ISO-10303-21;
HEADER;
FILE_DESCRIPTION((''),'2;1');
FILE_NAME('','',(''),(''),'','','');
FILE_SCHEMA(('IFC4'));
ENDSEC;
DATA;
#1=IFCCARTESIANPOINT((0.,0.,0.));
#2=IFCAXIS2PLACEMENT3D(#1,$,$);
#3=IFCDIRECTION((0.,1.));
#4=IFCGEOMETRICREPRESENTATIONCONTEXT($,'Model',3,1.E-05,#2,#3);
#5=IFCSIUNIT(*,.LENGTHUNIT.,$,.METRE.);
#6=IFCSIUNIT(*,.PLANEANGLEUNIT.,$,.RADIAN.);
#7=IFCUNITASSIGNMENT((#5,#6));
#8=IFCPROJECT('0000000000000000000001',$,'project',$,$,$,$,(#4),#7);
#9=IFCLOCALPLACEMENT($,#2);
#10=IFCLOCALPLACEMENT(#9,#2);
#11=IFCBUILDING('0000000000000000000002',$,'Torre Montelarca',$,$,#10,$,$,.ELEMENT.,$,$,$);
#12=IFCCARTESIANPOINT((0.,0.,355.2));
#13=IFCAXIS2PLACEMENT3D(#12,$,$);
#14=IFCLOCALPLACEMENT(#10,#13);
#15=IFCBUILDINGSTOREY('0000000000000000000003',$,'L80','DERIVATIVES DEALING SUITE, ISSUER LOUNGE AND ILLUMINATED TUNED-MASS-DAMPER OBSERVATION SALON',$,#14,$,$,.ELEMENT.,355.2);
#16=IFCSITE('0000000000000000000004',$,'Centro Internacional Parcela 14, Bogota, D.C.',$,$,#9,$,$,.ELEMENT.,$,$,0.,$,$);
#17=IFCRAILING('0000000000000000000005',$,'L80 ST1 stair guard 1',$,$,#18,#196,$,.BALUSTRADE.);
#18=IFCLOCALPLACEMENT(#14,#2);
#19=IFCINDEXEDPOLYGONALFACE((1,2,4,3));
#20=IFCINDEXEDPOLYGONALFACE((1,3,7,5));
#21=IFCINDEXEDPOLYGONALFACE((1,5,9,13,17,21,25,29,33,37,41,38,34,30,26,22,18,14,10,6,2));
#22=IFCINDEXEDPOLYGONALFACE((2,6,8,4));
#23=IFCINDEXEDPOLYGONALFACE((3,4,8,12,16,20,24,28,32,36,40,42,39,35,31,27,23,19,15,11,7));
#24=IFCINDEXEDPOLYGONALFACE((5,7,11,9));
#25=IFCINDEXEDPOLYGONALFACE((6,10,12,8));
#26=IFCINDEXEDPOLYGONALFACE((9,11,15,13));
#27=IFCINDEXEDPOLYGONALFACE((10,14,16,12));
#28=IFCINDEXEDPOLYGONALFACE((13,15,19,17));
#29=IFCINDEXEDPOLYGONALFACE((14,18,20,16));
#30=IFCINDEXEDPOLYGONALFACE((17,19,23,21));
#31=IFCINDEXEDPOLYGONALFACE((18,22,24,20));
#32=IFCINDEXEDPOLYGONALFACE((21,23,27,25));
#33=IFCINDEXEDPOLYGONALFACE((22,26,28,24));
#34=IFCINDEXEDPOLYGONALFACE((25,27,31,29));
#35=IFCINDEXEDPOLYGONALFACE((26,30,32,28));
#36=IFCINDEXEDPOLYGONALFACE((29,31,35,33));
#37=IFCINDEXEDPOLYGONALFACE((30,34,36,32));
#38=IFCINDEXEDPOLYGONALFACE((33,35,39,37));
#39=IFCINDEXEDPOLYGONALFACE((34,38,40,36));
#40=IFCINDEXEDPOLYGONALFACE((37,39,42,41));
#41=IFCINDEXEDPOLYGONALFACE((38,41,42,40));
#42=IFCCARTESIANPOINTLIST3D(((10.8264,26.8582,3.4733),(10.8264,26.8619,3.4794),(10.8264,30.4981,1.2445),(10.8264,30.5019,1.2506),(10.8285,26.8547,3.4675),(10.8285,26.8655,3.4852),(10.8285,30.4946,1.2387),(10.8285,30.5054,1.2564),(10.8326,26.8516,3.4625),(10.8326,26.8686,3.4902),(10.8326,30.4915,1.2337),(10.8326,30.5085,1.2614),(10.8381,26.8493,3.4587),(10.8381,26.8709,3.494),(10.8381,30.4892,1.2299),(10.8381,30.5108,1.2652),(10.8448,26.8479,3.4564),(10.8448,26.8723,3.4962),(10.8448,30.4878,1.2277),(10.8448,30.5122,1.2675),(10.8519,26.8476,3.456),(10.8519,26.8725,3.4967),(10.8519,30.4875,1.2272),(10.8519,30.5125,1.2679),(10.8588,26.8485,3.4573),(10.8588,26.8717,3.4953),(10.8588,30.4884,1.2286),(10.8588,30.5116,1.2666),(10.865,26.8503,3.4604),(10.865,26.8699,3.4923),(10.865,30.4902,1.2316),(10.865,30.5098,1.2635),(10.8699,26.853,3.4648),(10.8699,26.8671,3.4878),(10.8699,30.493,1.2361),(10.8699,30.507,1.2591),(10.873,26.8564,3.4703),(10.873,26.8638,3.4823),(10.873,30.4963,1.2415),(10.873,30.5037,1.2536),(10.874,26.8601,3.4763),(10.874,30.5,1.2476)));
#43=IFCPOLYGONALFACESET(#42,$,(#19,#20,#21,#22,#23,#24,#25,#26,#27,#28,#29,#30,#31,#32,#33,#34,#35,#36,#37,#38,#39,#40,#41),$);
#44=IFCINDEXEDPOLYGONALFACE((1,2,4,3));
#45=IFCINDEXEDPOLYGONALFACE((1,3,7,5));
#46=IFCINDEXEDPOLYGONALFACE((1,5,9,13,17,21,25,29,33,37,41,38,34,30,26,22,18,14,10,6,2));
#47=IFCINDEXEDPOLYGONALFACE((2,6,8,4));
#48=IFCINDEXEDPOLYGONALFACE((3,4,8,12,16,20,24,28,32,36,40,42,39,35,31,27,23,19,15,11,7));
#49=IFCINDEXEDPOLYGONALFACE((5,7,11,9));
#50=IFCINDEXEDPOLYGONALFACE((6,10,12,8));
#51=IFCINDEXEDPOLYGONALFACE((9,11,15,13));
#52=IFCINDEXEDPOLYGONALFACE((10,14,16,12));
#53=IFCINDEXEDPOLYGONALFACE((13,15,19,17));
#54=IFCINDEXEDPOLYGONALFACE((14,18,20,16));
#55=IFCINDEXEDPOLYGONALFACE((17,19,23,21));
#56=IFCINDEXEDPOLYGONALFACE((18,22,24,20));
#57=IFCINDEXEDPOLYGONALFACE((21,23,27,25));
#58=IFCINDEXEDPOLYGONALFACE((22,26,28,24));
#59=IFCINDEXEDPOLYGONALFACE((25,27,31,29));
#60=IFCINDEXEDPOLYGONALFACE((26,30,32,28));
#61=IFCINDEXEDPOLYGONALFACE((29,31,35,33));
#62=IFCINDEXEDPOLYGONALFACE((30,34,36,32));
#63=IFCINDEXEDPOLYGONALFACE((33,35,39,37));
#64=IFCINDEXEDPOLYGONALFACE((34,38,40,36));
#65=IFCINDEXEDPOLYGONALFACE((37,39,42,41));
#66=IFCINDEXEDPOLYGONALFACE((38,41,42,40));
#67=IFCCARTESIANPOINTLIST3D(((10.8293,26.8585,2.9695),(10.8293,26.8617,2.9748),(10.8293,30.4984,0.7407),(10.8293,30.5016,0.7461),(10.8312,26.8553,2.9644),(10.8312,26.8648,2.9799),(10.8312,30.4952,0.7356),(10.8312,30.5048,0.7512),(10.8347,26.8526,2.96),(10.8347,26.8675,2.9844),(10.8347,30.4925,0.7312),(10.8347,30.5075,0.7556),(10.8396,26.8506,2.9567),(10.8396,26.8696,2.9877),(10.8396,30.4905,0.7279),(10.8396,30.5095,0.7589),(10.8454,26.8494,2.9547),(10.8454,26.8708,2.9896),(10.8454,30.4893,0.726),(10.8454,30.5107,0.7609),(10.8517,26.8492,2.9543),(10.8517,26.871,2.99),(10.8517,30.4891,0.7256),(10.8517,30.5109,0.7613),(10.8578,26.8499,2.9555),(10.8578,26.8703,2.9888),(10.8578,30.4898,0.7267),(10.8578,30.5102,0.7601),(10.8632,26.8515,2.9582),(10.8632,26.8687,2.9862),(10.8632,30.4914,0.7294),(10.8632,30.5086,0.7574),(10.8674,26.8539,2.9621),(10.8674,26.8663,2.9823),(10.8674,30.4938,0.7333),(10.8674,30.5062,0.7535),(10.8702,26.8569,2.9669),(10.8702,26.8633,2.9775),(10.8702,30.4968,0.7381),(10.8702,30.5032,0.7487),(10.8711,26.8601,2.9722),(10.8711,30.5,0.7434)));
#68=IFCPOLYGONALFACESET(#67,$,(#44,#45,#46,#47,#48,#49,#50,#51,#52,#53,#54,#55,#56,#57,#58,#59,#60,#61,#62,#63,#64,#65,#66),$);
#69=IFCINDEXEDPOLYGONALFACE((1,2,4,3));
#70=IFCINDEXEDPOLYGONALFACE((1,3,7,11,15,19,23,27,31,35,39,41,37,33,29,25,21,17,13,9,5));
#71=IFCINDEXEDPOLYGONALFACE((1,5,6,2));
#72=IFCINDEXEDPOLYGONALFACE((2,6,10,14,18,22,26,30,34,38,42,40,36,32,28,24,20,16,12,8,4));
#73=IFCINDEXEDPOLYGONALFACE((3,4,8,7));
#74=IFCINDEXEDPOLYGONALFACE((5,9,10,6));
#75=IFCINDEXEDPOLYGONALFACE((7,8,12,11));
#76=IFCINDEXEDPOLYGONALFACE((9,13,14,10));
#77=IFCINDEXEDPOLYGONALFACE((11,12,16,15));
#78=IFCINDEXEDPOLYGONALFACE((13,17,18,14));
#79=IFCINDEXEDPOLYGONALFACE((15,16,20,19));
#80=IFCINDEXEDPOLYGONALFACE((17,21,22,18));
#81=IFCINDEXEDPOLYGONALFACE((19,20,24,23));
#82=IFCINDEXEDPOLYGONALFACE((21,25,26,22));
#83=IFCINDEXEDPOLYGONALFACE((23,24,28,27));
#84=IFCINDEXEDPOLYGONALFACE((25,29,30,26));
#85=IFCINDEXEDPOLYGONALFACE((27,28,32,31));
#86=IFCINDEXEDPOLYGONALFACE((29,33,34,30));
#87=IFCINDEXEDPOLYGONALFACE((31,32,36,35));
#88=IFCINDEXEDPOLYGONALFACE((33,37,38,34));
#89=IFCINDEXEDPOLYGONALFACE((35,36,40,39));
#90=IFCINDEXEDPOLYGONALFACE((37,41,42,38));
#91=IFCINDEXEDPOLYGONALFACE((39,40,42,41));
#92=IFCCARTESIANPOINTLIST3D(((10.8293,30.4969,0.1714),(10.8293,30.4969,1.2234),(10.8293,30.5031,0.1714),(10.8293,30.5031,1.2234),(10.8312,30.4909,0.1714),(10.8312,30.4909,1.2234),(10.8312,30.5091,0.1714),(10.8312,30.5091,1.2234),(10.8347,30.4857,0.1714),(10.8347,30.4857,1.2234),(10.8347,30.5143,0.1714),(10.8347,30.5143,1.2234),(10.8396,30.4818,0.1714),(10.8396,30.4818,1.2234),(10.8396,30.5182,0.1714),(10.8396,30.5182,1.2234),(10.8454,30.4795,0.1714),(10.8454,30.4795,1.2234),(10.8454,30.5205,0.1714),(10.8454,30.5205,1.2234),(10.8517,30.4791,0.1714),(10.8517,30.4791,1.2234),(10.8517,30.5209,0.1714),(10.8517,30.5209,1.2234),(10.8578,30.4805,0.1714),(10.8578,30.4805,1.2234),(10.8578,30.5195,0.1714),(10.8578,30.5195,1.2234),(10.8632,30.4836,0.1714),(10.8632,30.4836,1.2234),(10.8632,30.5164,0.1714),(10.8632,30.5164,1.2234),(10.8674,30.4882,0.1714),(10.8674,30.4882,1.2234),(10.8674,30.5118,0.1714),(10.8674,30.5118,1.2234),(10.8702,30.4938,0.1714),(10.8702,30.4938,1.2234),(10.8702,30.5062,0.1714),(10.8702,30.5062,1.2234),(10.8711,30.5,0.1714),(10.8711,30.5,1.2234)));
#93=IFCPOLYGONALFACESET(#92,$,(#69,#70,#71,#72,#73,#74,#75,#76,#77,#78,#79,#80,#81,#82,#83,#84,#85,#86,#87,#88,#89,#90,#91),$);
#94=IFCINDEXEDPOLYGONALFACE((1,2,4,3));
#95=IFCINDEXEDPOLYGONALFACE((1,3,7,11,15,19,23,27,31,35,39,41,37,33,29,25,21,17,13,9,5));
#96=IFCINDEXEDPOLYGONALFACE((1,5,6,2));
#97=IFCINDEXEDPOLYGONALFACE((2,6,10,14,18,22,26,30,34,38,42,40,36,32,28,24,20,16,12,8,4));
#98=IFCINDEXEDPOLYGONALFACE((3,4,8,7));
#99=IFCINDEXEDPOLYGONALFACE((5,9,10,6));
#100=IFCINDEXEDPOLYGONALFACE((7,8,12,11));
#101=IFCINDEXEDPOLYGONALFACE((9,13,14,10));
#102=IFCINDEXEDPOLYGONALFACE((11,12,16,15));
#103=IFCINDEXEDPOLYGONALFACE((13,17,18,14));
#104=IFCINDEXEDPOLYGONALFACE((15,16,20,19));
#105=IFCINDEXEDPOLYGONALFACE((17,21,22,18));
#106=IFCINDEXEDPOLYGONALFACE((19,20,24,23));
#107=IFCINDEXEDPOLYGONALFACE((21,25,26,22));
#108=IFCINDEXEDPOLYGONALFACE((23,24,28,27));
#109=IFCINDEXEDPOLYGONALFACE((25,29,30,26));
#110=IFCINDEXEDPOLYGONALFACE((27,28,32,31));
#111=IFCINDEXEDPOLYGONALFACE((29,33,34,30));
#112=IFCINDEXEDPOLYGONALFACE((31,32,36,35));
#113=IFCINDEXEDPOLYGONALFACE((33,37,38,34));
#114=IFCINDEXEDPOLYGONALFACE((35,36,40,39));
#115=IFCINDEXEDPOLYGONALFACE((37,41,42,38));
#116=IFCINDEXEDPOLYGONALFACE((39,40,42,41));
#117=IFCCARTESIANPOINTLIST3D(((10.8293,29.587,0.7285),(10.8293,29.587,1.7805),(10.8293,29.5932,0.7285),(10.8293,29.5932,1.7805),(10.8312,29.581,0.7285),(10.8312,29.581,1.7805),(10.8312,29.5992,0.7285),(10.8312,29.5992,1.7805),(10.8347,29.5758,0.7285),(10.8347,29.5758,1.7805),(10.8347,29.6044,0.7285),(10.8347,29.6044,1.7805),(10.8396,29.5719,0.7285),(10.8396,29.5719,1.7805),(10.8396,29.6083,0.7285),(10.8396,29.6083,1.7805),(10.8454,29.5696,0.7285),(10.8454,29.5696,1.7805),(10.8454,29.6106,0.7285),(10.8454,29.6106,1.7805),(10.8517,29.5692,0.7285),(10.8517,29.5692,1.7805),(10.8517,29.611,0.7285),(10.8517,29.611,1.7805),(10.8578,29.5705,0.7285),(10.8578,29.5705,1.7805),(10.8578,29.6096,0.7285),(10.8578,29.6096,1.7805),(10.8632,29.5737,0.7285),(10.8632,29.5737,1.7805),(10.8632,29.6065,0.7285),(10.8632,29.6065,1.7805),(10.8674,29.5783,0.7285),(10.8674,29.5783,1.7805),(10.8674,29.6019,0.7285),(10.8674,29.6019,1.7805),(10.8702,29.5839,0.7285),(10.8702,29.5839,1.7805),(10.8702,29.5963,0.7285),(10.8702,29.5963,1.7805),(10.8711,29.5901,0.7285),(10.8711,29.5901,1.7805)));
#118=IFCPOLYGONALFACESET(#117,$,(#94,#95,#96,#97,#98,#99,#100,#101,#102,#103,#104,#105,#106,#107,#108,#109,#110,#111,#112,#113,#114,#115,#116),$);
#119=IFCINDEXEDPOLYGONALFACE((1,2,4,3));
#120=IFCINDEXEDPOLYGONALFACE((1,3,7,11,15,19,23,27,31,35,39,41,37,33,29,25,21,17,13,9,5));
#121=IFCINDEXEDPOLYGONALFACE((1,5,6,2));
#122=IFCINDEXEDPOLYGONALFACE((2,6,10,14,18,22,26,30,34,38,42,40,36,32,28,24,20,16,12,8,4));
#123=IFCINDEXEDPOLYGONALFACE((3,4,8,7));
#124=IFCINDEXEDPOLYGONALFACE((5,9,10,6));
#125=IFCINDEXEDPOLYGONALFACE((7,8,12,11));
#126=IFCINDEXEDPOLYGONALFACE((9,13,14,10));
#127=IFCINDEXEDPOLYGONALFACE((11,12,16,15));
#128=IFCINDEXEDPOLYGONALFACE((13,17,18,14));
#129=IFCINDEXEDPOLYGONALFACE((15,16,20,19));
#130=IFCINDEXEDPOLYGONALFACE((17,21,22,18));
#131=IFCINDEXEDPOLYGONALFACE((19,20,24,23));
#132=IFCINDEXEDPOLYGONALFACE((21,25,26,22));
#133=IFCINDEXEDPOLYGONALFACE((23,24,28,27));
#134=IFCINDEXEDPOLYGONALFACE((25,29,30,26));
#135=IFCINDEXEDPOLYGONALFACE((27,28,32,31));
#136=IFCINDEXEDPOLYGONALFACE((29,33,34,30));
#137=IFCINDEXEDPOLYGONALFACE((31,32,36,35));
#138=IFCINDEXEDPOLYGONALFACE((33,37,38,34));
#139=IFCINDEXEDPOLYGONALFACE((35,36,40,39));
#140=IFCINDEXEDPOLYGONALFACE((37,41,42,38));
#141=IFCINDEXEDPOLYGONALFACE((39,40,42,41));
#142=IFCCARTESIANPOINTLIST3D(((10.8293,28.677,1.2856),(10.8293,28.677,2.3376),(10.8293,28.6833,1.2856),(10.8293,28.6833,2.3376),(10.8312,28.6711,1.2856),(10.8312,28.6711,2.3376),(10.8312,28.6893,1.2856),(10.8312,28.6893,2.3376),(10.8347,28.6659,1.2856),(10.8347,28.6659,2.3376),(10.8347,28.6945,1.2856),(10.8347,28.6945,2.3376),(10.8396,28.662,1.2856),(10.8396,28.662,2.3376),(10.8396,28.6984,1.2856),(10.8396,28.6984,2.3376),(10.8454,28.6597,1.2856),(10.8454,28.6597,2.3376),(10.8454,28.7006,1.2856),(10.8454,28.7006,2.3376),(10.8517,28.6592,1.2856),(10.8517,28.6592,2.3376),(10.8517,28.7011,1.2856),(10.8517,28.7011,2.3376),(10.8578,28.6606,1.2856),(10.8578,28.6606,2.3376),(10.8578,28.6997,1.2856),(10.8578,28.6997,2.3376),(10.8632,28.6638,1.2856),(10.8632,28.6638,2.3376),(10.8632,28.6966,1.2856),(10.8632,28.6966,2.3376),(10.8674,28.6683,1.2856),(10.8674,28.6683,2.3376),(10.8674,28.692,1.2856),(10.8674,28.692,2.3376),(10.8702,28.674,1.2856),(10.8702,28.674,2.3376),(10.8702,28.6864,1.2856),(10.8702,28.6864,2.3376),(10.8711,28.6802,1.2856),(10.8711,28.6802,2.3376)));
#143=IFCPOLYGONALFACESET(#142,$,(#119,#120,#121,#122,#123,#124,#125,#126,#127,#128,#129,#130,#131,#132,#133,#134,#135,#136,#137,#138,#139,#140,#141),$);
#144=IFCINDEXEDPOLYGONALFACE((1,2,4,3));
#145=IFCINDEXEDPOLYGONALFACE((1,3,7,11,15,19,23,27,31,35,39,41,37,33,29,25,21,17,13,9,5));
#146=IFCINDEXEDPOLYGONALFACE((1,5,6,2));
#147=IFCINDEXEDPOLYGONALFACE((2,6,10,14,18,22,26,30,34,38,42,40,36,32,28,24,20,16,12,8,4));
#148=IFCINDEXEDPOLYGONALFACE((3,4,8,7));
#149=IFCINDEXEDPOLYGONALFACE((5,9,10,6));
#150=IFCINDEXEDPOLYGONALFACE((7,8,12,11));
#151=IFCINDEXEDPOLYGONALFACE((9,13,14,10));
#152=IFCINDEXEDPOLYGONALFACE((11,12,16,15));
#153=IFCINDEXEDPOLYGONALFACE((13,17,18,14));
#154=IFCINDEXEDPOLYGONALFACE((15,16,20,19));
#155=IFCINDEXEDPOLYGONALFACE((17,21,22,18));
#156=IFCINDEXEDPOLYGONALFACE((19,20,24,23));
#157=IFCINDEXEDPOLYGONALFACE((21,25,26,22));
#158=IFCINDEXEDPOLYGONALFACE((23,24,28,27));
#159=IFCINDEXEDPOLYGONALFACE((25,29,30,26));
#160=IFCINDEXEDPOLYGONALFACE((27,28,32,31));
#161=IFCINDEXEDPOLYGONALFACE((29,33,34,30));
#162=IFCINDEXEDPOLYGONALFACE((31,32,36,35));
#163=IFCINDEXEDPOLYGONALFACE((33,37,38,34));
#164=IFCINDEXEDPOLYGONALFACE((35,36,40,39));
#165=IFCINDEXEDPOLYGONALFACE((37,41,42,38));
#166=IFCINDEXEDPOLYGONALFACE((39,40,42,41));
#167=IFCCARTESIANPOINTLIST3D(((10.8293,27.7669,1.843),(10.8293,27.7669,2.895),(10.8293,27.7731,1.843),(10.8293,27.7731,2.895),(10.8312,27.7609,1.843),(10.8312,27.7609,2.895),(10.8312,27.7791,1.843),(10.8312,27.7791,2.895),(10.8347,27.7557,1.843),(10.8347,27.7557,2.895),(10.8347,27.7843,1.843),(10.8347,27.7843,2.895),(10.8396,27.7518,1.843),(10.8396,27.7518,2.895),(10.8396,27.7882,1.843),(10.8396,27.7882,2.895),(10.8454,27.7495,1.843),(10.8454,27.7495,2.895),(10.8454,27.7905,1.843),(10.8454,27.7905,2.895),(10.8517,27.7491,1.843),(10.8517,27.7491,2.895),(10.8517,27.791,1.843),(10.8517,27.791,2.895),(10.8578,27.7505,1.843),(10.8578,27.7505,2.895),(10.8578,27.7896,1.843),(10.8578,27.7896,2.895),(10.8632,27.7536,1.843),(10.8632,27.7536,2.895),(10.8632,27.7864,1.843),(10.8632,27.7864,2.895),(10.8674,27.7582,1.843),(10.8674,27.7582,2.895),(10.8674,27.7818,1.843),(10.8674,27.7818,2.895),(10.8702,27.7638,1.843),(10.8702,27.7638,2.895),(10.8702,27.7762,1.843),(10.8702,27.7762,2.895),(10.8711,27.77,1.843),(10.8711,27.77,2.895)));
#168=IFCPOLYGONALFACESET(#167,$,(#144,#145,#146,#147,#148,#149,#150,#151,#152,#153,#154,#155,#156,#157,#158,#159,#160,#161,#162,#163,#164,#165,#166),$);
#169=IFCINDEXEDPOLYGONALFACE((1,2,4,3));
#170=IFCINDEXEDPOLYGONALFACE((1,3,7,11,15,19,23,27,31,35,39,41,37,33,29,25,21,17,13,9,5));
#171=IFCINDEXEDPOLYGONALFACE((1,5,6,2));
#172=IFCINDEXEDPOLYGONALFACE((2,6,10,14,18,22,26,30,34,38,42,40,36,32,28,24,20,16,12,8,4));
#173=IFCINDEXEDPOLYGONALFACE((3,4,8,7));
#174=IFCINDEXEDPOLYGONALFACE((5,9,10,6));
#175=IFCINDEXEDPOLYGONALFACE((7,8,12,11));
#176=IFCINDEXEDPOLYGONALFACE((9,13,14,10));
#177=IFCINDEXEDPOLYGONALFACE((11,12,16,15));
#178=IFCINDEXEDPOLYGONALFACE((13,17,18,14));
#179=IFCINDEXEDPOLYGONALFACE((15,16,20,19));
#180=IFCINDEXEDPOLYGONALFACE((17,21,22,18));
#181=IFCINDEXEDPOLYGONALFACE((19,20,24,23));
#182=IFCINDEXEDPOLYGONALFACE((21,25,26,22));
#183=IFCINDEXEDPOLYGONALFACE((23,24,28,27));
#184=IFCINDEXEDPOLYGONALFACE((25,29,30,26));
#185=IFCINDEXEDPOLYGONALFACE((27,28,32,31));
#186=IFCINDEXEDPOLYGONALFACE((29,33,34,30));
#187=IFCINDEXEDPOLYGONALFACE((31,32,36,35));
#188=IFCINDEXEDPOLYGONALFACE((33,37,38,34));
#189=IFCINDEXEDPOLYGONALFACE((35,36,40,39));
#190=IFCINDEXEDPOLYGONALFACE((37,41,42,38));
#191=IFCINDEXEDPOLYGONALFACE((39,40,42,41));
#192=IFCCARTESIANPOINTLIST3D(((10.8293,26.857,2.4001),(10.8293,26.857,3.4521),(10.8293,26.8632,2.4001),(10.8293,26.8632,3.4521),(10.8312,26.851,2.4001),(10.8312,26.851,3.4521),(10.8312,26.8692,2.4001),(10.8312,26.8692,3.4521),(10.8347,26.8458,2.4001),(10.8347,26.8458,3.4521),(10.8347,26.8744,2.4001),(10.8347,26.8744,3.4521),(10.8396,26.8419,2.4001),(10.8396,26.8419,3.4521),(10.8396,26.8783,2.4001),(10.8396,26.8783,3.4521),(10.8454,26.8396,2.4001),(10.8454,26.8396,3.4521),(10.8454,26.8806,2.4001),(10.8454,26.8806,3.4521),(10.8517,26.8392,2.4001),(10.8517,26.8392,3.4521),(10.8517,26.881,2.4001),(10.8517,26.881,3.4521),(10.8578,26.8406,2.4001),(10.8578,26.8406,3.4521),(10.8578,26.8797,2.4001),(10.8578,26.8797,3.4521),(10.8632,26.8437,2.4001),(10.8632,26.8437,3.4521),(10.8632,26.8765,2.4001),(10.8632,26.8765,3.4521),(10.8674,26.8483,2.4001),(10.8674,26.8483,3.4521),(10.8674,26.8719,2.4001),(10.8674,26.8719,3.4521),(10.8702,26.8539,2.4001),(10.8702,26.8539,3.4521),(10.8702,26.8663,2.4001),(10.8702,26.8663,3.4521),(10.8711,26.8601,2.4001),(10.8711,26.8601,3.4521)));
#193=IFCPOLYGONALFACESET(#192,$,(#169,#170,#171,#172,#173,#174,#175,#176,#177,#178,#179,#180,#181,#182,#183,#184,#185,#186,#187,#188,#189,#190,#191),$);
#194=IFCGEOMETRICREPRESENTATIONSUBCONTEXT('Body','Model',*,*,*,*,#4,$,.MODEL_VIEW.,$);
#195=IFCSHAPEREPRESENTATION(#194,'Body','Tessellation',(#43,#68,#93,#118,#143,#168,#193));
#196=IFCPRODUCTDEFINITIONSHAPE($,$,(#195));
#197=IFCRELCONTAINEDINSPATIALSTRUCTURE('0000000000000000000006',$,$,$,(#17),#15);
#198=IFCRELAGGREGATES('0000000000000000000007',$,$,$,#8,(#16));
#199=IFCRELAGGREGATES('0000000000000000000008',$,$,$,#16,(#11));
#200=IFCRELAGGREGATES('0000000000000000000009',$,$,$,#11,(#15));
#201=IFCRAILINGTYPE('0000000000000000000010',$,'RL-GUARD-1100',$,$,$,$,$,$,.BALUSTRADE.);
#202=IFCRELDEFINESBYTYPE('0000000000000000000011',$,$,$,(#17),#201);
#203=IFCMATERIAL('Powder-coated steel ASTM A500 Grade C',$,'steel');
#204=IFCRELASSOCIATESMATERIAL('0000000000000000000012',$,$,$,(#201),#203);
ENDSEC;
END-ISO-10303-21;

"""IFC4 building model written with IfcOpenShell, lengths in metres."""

from ifc_helpers import new_model, si_unit, direction, frame, origin, origin_2d, place, context, subcontext, project, spatial, circle, extrude, material, type_object, element, save


model = new_model("IFC4")

# Units and contexts
model_context = context("Model", 3, precision=1e-05, world=origin(), true_north=direction((0.0, 1.0)))
body_context = subcontext(model_context, "Body", "Model", "MODEL_VIEW")
ifc_project = project(units=[si_unit("LENGTHUNIT", "METRE"), si_unit("PLANEANGLEUNIT", "RADIAN")], contexts=[model_context])

# Site, building, storey
site_placement = place(None, origin())
site = spatial("IfcSite", under=ifc_project, at=site_placement, Name="Centro Internacional Parcela 14, Bogota, D.C.", CompositionType="ELEMENT", RefElevation=0.0)
building_placement = place(site_placement, origin())
building = spatial("IfcBuilding", under=site, at=building_placement, Name="Torre Montelarca", CompositionType="ELEMENT")
storey_placement = place(building_placement, frame((0.0, 0.0, 355.2)))
storey = spatial("IfcBuildingStorey", under=building, at=storey_placement, Name="L80", Description="DERIVATIVES DEALING SUITE, ISSUER LOUNGE AND ILLUMINATED TUNED-MASS-DAMPER OBSERVATION SALON", CompositionType="ELEMENT", Elevation=355.2)

# Railing
ifc_material_1 = material(Name="Powder-coated steel ASTM A500 Grade C", Category="steel")
railing_type_1 = type_object("IfcRailingType", Name="RL-GUARD-1100", PredefinedType="BALUSTRADE", material=ifc_material_1)
railing_1_placement = place(storey_placement, frame((10.8501, 30.5, 0.1714)))
element("IfcRailing", 1, at=railing_1_placement, inside=storey, type_object=railing_type_1, Name="L80 ST1 stair guard 1", PredefinedType="BALUSTRADE", context=body_context, shape_type="SweptSolid", body=[
    extrude(circle(Radius=0.0239, at=origin_2d()), frame((0.0, 0.0, 1.0762), z_axis=(0.0, -0.852825, 0.522197), x_axis=(1.0, 0.0, 0.0)), (0.0, 0.0, 1.0), 4.2681),
    extrude(circle(Radius=0.021, at=origin_2d()), frame((0.0, 0.0, 0.572), z_axis=(0.0, -0.852825, 0.522197), x_axis=(1.0, 0.0, 0.0)), (0.0, 0.0, 1.0), 4.2681),
    extrude(circle(Radius=0.021, at=origin_2d()), origin(), (0.0, 0.0, 1.0), 1.052),
    extrude(circle(Radius=0.021, at=origin_2d()), frame((0.0, -0.9099, 0.5571)), (0.0, 0.0, 1.0), 1.052),
    extrude(circle(Radius=0.021, at=origin_2d()), frame((0.0, -1.8198, 1.1143)), (0.0, 0.0, 1.0), 1.052),
    extrude(circle(Radius=0.021, at=origin_2d()), frame((0.0, -2.73, 1.6716)), (0.0, 0.0, 1.0), 1.052),
    extrude(circle(Radius=0.021, at=origin_2d()), frame((0.0, -3.6399, 2.2288)), (0.0, 0.0, 1.0), 1.052),
])

save(model, "model.ifc")
